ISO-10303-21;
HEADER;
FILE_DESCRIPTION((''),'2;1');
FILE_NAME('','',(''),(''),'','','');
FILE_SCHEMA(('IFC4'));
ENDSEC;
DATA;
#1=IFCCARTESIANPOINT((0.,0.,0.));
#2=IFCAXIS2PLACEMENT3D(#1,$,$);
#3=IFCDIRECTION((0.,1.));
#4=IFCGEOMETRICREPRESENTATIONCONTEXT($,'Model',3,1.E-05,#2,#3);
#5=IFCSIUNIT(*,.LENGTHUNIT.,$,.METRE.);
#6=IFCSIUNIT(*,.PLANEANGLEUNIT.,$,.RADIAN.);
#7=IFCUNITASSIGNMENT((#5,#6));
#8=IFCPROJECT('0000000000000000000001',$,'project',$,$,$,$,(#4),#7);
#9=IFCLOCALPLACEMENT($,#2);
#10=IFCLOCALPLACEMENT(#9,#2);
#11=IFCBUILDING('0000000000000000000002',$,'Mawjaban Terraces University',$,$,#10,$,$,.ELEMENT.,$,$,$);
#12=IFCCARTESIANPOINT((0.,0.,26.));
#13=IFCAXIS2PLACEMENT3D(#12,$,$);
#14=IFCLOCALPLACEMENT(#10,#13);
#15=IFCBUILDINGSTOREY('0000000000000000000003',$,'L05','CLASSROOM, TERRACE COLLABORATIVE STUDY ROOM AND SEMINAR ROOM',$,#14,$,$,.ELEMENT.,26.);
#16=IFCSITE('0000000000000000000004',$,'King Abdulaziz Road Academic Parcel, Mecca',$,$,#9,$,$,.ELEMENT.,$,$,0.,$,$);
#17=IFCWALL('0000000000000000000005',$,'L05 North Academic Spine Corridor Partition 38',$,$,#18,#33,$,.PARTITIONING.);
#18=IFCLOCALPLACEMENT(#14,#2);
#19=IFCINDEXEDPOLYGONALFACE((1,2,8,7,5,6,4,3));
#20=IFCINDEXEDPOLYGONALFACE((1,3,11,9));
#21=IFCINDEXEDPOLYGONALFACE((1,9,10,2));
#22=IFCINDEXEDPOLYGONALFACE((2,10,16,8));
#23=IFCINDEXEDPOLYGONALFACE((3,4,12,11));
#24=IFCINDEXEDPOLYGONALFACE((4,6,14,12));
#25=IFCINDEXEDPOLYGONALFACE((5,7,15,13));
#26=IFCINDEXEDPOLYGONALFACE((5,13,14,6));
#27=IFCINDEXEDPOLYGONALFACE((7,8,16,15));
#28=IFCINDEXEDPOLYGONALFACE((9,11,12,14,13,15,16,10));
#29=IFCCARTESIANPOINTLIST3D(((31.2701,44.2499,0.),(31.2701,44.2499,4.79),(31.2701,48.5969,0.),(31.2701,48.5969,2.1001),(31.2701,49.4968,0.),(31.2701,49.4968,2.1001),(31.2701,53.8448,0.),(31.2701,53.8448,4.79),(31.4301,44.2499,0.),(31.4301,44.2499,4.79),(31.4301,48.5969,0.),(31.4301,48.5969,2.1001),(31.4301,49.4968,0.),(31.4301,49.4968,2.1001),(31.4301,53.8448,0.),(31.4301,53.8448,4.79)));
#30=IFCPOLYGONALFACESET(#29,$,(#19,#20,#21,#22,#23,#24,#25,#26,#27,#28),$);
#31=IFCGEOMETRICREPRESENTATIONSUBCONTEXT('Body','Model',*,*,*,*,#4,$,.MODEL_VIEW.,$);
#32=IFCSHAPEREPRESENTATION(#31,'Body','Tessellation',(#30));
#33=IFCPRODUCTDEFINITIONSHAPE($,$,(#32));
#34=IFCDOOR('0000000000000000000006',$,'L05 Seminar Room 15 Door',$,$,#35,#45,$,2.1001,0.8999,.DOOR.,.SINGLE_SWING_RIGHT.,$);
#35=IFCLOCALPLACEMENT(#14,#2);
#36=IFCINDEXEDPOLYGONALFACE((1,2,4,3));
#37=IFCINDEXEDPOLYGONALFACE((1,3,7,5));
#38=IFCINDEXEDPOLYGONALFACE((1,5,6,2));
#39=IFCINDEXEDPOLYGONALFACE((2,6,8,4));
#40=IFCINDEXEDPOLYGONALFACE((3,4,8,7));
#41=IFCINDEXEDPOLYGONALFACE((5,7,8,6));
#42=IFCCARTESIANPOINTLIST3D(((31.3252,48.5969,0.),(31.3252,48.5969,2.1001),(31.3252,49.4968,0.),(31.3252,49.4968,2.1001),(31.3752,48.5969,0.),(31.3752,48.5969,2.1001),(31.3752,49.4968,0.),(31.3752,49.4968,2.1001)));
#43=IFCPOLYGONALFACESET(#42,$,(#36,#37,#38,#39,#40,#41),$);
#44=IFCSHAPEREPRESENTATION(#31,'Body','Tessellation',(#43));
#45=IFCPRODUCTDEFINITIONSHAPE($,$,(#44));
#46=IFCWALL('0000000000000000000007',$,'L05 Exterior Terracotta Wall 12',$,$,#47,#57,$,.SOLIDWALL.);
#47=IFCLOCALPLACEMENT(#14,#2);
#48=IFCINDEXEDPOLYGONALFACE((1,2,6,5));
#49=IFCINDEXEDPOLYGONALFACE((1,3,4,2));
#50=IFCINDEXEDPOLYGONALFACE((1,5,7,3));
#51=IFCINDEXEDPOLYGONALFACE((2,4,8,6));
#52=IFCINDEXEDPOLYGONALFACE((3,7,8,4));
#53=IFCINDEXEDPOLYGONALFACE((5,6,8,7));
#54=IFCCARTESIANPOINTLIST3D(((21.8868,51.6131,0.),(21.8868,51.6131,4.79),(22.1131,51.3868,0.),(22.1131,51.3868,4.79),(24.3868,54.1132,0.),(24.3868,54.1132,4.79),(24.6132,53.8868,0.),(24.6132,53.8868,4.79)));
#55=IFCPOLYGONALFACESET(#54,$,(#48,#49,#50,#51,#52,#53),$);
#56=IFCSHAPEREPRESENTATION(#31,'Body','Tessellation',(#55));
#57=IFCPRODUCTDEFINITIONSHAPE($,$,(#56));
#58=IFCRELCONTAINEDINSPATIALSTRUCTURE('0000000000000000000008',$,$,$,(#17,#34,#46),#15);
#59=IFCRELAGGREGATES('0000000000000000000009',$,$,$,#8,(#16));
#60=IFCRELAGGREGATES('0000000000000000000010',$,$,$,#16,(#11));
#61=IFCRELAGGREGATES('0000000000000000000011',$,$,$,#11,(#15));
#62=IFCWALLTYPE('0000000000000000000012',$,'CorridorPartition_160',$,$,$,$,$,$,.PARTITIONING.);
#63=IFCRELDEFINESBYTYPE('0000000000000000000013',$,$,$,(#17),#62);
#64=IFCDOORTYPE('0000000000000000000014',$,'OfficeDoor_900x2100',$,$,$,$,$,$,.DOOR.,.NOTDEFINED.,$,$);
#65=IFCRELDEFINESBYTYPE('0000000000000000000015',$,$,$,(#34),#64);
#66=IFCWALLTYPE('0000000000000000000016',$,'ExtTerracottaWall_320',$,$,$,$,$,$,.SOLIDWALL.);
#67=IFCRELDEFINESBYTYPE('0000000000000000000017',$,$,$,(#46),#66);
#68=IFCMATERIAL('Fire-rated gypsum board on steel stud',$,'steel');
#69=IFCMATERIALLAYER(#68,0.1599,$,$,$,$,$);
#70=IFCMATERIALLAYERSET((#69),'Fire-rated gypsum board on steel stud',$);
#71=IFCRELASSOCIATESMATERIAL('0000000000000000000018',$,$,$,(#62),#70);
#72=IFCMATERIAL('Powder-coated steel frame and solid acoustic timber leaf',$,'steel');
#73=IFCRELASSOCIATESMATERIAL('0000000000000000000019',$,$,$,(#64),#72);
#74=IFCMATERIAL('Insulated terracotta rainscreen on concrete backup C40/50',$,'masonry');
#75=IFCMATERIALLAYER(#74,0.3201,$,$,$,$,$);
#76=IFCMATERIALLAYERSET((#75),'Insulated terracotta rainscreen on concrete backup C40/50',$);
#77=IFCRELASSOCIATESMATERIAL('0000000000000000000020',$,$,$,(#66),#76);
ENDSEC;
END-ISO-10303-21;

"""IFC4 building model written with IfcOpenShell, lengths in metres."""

from ifc_helpers import new_model, si_unit, direction, frame, frame_2d, origin, place, context, subcontext, project, spatial, rectangle, extrude, material, layer, layer_set, type_object, element, fill, save


model = new_model("IFC4")

# Units and contexts
model_context = context("Model", 3, precision=1e-05, world=origin(), true_north=direction((0.0, 1.0)))
body_context = subcontext(model_context, "Body", "Model", "MODEL_VIEW")
ifc_project = project(units=[si_unit("LENGTHUNIT", "METRE"), si_unit("PLANEANGLEUNIT", "RADIAN")], contexts=[model_context])

# Site, building, storey
site_placement = place(None, origin())
site = spatial("IfcSite", under=ifc_project, at=site_placement, Name="King Abdulaziz Road Academic Parcel, Mecca", CompositionType="ELEMENT", RefElevation=0.0)
building_placement = place(site_placement, origin())
building = spatial("IfcBuilding", under=site, at=building_placement, Name="Mawjaban Terraces University", CompositionType="ELEMENT")
storey_placement = place(building_placement, frame((0.0, 0.0, 26.0)))
storey = spatial("IfcBuildingStorey", under=building, at=storey_placement, Name="L05", Description="CLASSROOM, TERRACE COLLABORATIVE STUDY ROOM AND SEMINAR ROOM", CompositionType="ELEMENT", Elevation=26.0)

# Wall, opening, door
ifc_material_1 = material(Name="Fire-rated gypsum board on steel stud", Category="steel")
ifc_layer_1 = layer(ifc_material_1, 0.1599)
ifc_layer_set_1 = layer_set([ifc_layer_1], Name="Fire-rated gypsum board on steel stud")
wall_type_1 = type_object("IfcWallType", Name="CorridorPartition_160", PredefinedType="PARTITIONING", material=ifc_layer_set_1)
ifc_material_2 = material(Name="Powder-coated steel frame and solid acoustic timber leaf", Category="steel")
door_type_1 = type_object("IfcDoorType", Name="OfficeDoor_900x2100", OperationType="NOTDEFINED", PredefinedType="DOOR", material=ifc_material_2)
wall_1_placement = place(storey_placement, frame((31.3501, 44.25, 0.0), z_axis=(0.0, 0.0, 1.0), x_axis=(0.0, 1.0, 0.0)))
wall_1 = element("IfcWall", 1, at=wall_1_placement, inside=storey, type_object=wall_type_1, Name="L05 North Academic Spine Corridor Partition 38", PredefinedType="PARTITIONING", context=body_context, shape_type="SweptSolid", body=[
    extrude(rectangle(XDim=9.595, YDim=0.1599, at=frame_2d((4.7974, 0.0))), origin(), (0.0, 0.0, 1.0), 4.79),
])
opening_1_placement = place(wall_1_placement, frame((4.3469, 0.0, 0.0)))
opening_1 = element("IfcOpeningElement", 2, at=opening_1_placement, cuts=wall_1, PredefinedType="OPENING", context=body_context, shape_type="SweptSolid", body=[
    extrude(rectangle(XDim=0.8999, YDim=2.1001, at=frame_2d((0.45, 1.05))), frame((0.0, 0.0898, 0.0), z_axis=(0.0, -1.0, 0.0), x_axis=(1.0, 0.0, 0.0)), (0.0, 0.0, 1.0), 0.1799),
])
door_1_placement = place(opening_1_placement, origin())
door_1 = element("IfcDoor", 3, at=door_1_placement, inside=storey, type_object=door_type_1, Name="L05 Seminar Room 15 Door", OperationType="SINGLE_SWING_RIGHT", OverallHeight=2.1001, OverallWidth=0.8999, PredefinedType="DOOR", context=body_context, shape_type="SweptSolid", body=[
    extrude(rectangle(XDim=0.8999, YDim=2.1001, at=frame_2d((0.45, 1.05))), frame((0.0, 0.0249, 0.0), z_axis=(0.0, -1.0, 0.0), x_axis=(1.0, 0.0, 0.0)), (0.0, 0.0, 1.0), 0.05),
])
fill(opening_1, door_1)

# Wall
ifc_material_3 = material(Name="Insulated terracotta rainscreen on concrete backup C40/50", Category="masonry")
ifc_layer_2 = layer(ifc_material_3, 0.3201)
ifc_layer_set_2 = layer_set([ifc_layer_2], Name="Insulated terracotta rainscreen on concrete backup C40/50")
wall_type_2 = type_object("IfcWallType", Name="ExtTerracottaWall_320", PredefinedType="SOLIDWALL", material=ifc_layer_set_2)
wall_2_placement = place(storey_placement, frame((24.5, 54.0, 0.0), z_axis=(0.0, 0.0, 1.0), x_axis=(-0.707107, -0.707107, 0.0)))
element("IfcWall", 4, at=wall_2_placement, inside=storey, type_object=wall_type_2, Name="L05 Exterior Terracotta Wall 12", PredefinedType="SOLIDWALL", context=body_context, shape_type="SweptSolid", body=[
    extrude(rectangle(XDim=3.5356, YDim=0.3201, at=frame_2d((1.7678, 0.0))), origin(), (0.0, 0.0, 1.0), 4.79),
])

save(model, "model.ifc")
